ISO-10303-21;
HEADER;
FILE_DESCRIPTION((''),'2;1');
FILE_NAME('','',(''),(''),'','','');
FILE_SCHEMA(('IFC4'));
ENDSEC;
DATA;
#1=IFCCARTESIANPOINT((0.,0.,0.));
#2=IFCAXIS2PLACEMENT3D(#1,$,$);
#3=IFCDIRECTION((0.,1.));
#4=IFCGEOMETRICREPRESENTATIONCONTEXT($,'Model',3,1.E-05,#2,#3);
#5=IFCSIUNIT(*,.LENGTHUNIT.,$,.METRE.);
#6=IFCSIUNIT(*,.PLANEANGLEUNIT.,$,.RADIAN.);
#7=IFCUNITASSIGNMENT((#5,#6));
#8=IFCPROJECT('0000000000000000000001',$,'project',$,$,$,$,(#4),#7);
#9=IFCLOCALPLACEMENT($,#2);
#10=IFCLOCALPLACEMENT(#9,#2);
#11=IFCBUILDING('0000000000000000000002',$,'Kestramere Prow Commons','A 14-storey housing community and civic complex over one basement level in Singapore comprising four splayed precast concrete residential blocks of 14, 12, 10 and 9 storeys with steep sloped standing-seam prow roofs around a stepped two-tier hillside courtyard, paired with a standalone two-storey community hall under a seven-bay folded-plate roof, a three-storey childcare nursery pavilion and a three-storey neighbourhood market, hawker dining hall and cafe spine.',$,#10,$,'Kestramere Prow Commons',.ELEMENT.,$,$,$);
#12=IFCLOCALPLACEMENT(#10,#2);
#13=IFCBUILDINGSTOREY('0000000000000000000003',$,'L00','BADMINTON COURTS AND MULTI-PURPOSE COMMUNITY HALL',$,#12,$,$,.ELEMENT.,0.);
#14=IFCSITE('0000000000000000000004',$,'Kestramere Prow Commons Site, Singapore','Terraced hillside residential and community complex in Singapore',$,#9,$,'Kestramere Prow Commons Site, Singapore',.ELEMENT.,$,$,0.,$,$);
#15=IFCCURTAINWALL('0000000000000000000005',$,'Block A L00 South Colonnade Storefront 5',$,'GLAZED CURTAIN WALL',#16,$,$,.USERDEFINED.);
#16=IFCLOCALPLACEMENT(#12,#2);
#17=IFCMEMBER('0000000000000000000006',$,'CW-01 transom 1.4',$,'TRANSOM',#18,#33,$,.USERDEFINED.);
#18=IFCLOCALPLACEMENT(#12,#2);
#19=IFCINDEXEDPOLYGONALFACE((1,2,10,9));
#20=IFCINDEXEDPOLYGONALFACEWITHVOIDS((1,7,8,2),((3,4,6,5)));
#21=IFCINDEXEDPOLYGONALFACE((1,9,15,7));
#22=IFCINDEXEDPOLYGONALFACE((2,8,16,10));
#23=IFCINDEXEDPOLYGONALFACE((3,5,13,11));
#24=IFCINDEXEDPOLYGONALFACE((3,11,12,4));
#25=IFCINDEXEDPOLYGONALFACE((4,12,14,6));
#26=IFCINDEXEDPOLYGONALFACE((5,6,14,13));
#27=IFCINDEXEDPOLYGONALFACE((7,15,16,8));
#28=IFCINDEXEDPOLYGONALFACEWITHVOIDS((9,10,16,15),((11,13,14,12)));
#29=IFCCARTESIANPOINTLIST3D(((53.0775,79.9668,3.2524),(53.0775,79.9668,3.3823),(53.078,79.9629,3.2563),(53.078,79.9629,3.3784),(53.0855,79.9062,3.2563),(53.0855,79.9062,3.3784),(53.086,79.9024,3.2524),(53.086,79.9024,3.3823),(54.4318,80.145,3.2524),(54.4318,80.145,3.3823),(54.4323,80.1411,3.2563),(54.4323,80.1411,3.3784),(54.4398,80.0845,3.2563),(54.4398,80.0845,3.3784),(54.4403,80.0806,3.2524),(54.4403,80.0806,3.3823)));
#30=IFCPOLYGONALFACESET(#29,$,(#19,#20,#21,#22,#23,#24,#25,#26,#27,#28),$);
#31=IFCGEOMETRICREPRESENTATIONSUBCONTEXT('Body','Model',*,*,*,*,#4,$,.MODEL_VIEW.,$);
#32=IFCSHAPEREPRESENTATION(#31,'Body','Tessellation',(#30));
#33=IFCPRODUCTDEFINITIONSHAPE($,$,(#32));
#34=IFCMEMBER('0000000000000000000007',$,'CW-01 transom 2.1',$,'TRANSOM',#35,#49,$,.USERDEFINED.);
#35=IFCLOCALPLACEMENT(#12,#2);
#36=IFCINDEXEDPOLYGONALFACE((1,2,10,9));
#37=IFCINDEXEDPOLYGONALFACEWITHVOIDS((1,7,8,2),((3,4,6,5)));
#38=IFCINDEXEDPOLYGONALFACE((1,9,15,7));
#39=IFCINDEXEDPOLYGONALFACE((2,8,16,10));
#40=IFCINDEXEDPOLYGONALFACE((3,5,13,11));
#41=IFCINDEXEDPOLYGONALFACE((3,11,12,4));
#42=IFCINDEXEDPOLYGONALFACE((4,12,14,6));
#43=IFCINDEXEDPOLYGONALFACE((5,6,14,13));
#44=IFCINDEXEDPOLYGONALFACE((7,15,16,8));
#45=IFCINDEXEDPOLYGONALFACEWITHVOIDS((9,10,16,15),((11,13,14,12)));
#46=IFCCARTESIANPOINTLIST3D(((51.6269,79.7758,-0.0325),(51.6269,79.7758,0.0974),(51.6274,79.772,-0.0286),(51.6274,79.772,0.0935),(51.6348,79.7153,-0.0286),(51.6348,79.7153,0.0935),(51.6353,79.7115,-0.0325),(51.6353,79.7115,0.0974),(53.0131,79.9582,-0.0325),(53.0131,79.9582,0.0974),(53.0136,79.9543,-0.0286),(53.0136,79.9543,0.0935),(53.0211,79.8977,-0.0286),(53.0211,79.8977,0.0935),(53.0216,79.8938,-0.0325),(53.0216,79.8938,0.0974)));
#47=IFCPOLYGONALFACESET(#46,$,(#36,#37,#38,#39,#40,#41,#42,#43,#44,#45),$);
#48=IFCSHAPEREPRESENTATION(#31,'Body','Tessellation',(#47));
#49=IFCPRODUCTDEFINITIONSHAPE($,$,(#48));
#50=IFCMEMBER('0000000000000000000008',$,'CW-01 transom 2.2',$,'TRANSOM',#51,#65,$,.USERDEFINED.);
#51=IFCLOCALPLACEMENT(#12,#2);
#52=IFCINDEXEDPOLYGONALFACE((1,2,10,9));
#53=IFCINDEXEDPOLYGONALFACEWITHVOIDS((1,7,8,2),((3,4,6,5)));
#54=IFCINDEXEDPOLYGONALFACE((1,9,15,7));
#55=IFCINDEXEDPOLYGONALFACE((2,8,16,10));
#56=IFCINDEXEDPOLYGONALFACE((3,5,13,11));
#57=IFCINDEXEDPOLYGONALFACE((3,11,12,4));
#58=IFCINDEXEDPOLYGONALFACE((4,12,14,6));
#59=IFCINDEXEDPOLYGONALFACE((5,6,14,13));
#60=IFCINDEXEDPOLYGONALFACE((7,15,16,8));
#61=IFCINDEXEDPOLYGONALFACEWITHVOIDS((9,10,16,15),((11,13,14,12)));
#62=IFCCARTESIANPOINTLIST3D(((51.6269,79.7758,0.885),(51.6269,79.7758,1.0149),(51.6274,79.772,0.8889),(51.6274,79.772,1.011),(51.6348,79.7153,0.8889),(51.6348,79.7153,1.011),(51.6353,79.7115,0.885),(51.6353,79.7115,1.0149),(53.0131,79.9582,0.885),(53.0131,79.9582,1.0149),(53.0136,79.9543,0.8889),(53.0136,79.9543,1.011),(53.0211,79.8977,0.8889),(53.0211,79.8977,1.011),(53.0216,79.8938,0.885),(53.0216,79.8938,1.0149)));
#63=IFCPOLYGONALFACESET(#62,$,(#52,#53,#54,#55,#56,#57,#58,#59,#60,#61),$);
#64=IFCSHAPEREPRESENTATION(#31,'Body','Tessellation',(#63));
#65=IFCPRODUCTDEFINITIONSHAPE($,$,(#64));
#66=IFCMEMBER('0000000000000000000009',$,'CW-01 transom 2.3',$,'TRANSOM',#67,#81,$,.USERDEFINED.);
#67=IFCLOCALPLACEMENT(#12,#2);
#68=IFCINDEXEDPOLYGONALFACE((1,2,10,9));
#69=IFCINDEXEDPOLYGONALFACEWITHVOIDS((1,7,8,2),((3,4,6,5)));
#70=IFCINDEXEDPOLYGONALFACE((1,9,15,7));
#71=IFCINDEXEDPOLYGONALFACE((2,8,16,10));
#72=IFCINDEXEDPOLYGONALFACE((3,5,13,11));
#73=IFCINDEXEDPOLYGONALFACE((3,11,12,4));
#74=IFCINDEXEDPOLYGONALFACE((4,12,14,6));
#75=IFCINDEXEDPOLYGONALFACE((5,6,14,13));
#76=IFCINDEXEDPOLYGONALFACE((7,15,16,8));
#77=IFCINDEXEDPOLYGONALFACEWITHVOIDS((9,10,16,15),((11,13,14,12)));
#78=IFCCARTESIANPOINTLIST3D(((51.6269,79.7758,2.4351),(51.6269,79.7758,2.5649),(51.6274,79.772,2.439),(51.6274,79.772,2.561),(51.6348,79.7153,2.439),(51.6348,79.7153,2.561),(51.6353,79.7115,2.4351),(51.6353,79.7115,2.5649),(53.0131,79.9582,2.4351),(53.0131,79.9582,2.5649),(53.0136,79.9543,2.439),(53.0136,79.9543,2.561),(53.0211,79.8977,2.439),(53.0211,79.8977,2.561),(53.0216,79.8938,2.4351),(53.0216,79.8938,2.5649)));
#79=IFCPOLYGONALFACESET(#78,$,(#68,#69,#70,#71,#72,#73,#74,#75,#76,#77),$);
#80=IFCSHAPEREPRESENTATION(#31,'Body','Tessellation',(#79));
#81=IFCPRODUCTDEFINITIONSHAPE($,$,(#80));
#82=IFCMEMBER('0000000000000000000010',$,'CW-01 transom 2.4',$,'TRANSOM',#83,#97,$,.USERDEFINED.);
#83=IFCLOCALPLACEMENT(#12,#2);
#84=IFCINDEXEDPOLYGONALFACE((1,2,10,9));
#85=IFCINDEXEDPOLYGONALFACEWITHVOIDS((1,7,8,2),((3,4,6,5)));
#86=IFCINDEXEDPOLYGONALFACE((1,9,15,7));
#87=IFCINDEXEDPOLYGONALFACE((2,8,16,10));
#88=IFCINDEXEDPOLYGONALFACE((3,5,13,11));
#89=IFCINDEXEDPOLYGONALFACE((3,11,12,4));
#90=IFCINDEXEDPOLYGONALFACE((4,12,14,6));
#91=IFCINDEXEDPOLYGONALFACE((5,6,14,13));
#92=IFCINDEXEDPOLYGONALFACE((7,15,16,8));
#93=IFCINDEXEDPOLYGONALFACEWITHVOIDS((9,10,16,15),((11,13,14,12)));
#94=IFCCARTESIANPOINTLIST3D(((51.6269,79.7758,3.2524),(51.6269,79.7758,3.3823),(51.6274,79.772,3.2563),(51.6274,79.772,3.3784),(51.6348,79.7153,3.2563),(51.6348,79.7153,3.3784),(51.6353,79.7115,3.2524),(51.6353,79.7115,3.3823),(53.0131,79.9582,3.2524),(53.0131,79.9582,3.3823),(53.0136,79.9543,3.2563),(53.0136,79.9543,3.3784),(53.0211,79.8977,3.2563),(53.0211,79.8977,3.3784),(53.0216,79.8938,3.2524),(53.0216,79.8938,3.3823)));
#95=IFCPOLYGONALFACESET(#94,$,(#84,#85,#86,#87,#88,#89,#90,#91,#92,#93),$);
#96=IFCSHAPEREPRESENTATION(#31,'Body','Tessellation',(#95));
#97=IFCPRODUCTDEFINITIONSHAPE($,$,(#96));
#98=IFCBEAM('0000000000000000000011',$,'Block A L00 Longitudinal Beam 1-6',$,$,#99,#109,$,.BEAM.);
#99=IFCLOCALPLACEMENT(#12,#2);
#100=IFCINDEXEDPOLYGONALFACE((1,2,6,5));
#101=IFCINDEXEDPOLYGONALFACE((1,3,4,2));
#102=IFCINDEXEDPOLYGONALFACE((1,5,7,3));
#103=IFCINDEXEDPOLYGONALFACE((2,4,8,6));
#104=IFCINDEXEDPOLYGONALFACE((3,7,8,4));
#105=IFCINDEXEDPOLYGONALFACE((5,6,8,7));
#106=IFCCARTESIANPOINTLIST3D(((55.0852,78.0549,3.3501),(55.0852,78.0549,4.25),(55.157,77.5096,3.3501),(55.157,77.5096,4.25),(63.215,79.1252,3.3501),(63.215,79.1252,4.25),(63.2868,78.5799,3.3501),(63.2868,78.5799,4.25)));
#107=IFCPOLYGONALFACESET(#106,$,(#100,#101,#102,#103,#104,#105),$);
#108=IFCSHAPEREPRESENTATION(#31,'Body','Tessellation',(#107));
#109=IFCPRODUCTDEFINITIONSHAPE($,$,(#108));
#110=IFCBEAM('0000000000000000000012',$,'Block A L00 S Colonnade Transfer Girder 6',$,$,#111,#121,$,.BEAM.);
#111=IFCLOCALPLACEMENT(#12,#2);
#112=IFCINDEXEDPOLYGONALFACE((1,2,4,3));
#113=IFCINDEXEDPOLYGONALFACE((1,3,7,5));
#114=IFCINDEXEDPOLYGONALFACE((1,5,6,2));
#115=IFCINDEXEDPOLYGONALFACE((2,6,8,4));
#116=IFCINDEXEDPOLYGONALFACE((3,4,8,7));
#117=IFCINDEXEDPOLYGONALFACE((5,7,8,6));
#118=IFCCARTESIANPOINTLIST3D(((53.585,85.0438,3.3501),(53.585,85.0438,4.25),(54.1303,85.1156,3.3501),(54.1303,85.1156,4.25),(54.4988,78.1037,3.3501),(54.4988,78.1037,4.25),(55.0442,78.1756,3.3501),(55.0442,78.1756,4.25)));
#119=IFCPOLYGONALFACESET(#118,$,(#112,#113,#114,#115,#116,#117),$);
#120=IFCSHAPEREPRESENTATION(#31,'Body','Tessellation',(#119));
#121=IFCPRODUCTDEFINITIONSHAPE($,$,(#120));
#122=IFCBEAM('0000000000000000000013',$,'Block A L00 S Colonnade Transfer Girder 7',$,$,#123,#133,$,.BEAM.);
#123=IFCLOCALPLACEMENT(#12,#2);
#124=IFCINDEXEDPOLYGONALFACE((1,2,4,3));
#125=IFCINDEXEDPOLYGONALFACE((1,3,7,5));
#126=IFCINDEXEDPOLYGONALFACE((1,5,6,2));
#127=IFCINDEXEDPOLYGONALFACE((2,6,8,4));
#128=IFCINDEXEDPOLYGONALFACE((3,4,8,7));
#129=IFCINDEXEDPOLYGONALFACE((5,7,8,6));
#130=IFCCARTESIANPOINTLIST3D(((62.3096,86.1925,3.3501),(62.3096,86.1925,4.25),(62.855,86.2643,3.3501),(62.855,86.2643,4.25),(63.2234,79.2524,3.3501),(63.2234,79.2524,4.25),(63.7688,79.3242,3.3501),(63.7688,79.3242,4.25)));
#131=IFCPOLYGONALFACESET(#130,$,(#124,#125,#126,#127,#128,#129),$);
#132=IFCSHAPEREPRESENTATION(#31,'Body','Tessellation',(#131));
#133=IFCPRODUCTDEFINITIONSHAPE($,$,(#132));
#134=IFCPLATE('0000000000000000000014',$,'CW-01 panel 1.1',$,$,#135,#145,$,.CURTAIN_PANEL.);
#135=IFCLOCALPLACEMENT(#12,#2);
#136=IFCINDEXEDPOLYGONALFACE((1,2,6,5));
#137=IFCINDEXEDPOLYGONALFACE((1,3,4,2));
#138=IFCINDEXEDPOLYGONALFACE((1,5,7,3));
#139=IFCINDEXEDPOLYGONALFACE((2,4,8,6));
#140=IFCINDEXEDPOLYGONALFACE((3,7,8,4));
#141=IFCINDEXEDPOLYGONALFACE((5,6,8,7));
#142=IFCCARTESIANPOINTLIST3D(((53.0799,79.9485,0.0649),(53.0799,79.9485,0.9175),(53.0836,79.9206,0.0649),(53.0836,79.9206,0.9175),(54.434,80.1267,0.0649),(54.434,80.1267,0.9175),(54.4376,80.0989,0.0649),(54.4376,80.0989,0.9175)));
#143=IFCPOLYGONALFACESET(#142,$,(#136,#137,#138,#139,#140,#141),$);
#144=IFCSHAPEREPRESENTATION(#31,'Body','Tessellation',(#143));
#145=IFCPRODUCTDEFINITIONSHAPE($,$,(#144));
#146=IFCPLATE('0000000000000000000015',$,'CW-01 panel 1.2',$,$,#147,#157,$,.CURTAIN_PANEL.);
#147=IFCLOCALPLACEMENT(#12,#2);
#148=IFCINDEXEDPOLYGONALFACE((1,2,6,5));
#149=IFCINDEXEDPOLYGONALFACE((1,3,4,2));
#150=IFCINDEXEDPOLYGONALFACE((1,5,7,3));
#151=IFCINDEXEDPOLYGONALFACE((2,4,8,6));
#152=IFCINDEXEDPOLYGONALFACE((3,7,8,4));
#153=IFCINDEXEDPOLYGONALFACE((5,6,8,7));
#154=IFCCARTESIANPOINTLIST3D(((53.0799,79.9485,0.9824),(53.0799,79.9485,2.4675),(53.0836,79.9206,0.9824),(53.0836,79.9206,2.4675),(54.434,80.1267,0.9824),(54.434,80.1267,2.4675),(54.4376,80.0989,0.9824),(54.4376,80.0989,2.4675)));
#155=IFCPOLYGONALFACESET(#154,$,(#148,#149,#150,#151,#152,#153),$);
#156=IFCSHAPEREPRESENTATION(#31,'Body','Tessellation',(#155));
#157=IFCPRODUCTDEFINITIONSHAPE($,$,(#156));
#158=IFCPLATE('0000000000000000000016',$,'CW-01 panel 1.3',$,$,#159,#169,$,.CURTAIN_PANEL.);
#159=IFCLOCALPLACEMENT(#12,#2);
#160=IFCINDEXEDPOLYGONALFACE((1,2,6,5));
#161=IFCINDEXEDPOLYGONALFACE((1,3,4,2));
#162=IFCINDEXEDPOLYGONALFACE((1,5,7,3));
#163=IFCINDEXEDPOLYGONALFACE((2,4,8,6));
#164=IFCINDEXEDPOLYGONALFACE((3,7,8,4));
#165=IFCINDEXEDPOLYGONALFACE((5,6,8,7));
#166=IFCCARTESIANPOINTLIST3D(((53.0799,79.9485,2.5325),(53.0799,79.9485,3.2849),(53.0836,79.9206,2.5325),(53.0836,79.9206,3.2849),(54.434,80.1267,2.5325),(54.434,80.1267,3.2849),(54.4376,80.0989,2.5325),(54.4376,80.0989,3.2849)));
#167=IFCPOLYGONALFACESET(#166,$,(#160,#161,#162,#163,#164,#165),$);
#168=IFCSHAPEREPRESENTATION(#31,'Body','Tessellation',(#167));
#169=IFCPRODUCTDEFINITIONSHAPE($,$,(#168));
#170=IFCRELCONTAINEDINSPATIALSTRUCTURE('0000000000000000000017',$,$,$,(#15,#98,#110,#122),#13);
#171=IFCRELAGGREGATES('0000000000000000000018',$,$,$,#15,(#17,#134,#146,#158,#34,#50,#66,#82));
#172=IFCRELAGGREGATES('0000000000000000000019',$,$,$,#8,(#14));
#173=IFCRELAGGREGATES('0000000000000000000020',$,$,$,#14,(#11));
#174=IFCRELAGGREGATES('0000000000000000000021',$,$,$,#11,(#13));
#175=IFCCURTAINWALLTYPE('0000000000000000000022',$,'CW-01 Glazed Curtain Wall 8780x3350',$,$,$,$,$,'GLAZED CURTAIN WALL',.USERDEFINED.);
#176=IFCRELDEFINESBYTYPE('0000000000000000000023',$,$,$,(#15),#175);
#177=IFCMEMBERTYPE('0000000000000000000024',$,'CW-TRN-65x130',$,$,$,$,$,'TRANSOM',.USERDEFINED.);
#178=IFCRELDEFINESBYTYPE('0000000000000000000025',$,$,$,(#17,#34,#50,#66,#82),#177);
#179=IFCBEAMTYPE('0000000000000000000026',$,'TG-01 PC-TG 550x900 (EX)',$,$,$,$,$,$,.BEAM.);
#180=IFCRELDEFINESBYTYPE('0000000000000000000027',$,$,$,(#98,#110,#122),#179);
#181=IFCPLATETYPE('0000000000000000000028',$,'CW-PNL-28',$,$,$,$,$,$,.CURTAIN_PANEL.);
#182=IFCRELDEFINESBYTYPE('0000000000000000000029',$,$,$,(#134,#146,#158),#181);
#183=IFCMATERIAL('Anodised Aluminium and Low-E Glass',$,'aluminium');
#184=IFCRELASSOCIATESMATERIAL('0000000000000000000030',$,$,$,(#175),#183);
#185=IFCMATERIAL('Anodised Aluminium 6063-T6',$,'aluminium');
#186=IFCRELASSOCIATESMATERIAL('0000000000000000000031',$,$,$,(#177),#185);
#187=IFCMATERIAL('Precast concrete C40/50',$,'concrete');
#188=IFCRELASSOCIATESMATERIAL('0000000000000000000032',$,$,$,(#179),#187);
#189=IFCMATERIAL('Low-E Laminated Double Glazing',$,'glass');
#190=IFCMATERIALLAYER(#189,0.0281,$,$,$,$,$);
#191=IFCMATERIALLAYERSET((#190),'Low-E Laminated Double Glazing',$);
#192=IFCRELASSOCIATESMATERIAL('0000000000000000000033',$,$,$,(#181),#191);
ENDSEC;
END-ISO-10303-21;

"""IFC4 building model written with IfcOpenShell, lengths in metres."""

from ifc_helpers import new_model, si_unit, direction, frame, origin, origin_2d, place, context, subcontext, project, spatial, rectangle, hollow_rectangle, extrude, material, layer, layer_set, material_profile, profile_set, type_object, element, aggregate, save


model = new_model("IFC4")

# Units and contexts
model_context = context("Model", 3, precision=1e-05, world=origin(), true_north=direction((0.0, 1.0)))
body_context = subcontext(model_context, "Body", "Model", "MODEL_VIEW")
ifc_project = project(units=[si_unit("LENGTHUNIT", "METRE"), si_unit("PLANEANGLEUNIT", "RADIAN")], contexts=[model_context])

# Site, building, storey
site_placement = place(None, origin())
site = spatial("IfcSite", under=ifc_project, at=site_placement, Name="Kestramere Prow Commons Site, Singapore", Description="Terraced hillside residential and community complex in Singapore", LongName="Kestramere Prow Commons Site, Singapore", CompositionType="ELEMENT", RefElevation=0.0)
building_placement = place(site_placement, origin())
building = spatial("IfcBuilding", under=site, at=building_placement, Name="Kestramere Prow Commons", Description="A 14-storey housing community and civic complex over one basement level in Singapore comprising four splayed precast concrete residential blocks of 14, 12, 10 and 9 storeys with steep sloped standing-seam prow roofs around a stepped two-tier hillside courtyard, paired with a standalone two-storey community hall under a seven-bay folded-plate roof, a three-storey childcare nursery pavilion and a three-storey neighbourhood market, hawker dining hall and cafe spine.", LongName="Kestramere Prow Commons", CompositionType="ELEMENT")
storey_placement = place(building_placement, origin())
storey = spatial("IfcBuildingStorey", under=building, at=storey_placement, Name="L00", Description="BADMINTON COURTS AND MULTI-PURPOSE COMMUNITY HALL", CompositionType="ELEMENT", Elevation=0.0)

# Shared definitions
ifc_material_1 = material(Name="Precast concrete C40/50", Category="concrete")

# Curtain wall, members
ifc_material_2 = material(Name="Anodised Aluminium and Low-E Glass", Category="aluminium")
curtain_wall_type = type_object("IfcCurtainWallType", Name="CW-01 Glazed Curtain Wall 8780x3350", ElementType="GLAZED CURTAIN WALL", PredefinedType="USERDEFINED", material=ifc_material_2)
curtain_wall_placement = place(storey_placement, origin())
curtain_wall = element("IfcCurtainWall", 1, at=curtain_wall_placement, inside=storey, type_object=curtain_wall_type, Name="Block A L00 South Colonnade Storefront 5", ObjectType="GLAZED CURTAIN WALL", PredefinedType="USERDEFINED")
ifc_material_3 = material(Name="Anodised Aluminium 6063-T6", Category="aluminium")
ifc_material_profile_1 = material_profile(ifc_material_3, hollow_rectangle(XDim=0.0649, YDim=0.1299, WallThickness=0.0039, at=origin_2d()), Name="ALU-TRN 65x130")
ifc_profile_set_1 = profile_set([ifc_material_profile_1], Name="Anodised Aluminium 6063-T6")
member_type_1 = type_object("IfcMemberType", Name="CW-TRN-65x130", ElementType="TRANSOM", PredefinedType="USERDEFINED", material=ifc_profile_set_1)
member_1_placement = place(storey_placement, frame((54.436, 80.1128, 3.3174), z_axis=(-0.991451, -0.130478, 0.0), x_axis=(0.130478, -0.991451, 0.0)))
member_1 = element("IfcMember", 2, at=member_1_placement, type_object=member_type_1, Name="CW-01 transom 1.4", ObjectType="TRANSOM", PredefinedType="USERDEFINED", context=body_context, shape_type="SweptSolid", body=[
    extrude(hollow_rectangle(XDim=0.0649, YDim=0.1299, WallThickness=0.0039, at=origin_2d()), origin(), (0.0, 0.0, 1.0), 1.366),
])
member_2_placement = place(storey_placement, frame((53.0173, 79.926, 0.0325), z_axis=(-0.991457, -0.130436, 0.0), x_axis=(0.130436, -0.991457, 0.0)))
member_2 = element("IfcMember", 3, at=member_2_placement, type_object=member_type_1, Name="CW-01 transom 2.1", ObjectType="TRANSOM", PredefinedType="USERDEFINED", context=body_context, shape_type="SweptSolid", body=[
    extrude(hollow_rectangle(XDim=0.0649, YDim=0.1299, WallThickness=0.0039, at=origin_2d()), origin(), (0.0, 0.0, 1.0), 1.3982),
])
member_3_placement = place(storey_placement, frame((53.0173, 79.926, 0.95), z_axis=(-0.991457, -0.130436, 0.0), x_axis=(0.130436, -0.991457, 0.0)))
member_3 = element("IfcMember", 4, at=member_3_placement, type_object=member_type_1, Name="CW-01 transom 2.2", ObjectType="TRANSOM", PredefinedType="USERDEFINED", context=body_context, shape_type="SweptSolid", body=[
    extrude(hollow_rectangle(XDim=0.0649, YDim=0.1299, WallThickness=0.0039, at=origin_2d()), origin(), (0.0, 0.0, 1.0), 1.3982),
])
member_4_placement = place(storey_placement, frame((53.0173, 79.926, 2.5), z_axis=(-0.991457, -0.130436, 0.0), x_axis=(0.130436, -0.991457, 0.0)))
member_4 = element("IfcMember", 5, at=member_4_placement, type_object=member_type_1, Name="CW-01 transom 2.3", ObjectType="TRANSOM", PredefinedType="USERDEFINED", context=body_context, shape_type="SweptSolid", body=[
    extrude(hollow_rectangle(XDim=0.0649, YDim=0.1299, WallThickness=0.0039, at=origin_2d()), origin(), (0.0, 0.0, 1.0), 1.3982),
])
member_5_placement = place(storey_placement, frame((53.0173, 79.926, 3.3174), z_axis=(-0.991457, -0.130436, 0.0), x_axis=(0.130436, -0.991457, 0.0)))
member_5 = element("IfcMember", 6, at=member_5_placement, type_object=member_type_1, Name="CW-01 transom 2.4", ObjectType="TRANSOM", PredefinedType="USERDEFINED", context=body_context, shape_type="SweptSolid", body=[
    extrude(hollow_rectangle(XDim=0.0649, YDim=0.1299, WallThickness=0.0039, at=origin_2d()), origin(), (0.0, 0.0, 1.0), 1.3982),
])

# Beams
ifc_material_profile_2 = material_profile(ifc_material_1, rectangle(XDim=0.55, YDim=0.8999, at=origin_2d()), Name="PC-TG 550x900")
ifc_profile_set_2 = profile_set([ifc_material_profile_2], Name="Precast concrete C40/50")
beam_type = type_object("IfcBeamType", Name="TG-01 PC-TG 550x900 (EX)", PredefinedType="BEAM", material=ifc_profile_set_2)
beam_placement = place(storey_placement, frame((55.1211, 77.7822, 3.8), z_axis=(0.991445, 0.130525, 0.0), x_axis=(-0.130525, 0.991445, 0.0)))
element("IfcBeam", 7, at=beam_placement, inside=storey, type_object=beam_type, Name="Block A L00 Longitudinal Beam 1-6", PredefinedType="BEAM", context=body_context, shape_type="SweptSolid", body=[
    extrude(rectangle(XDim=0.55, YDim=0.8999, at=origin_2d()), origin(), (0.0, 0.0, 1.0), 8.2),
])
for number, where, z_axis, x_axis, name in (
    (8, (54.7715, 78.1396, 3.8), (-0.130544, 0.991443, 0.0), (-0.991443, -0.130544, 0.0), "Block A L00 S Colonnade Transfer Girder 6"),
    (9, (63.4961, 79.2883, 3.8), (-0.130544, 0.991443, 0.0), (-0.991443, -0.130544, 0.0), "Block A L00 S Colonnade Transfer Girder 7"),
):
    element("IfcBeam", number, at=place(storey_placement, frame(where, z_axis=z_axis, x_axis=x_axis)), inside=storey, type_object=beam_type, Name=name, PredefinedType="BEAM", context=body_context, shape_type="SweptSolid", body=[
        extrude(rectangle(XDim=0.55, YDim=0.8999, at=origin_2d()), origin(), (0.0, 0.0, 1.0), 7.0),
    ])

# Plates
ifc_material_4 = material(Name="Low-E Laminated Double Glazing", Category="glass")
ifc_layer_1 = layer(ifc_material_4, 0.0281)
ifc_layer_set_1 = layer_set([ifc_layer_1], Name="Low-E Laminated Double Glazing")
plate_type = type_object("IfcPlateType", Name="CW-PNL-28", PredefinedType="CURTAIN_PANEL", material=ifc_layer_set_1)
plate_1_placement = place(storey_placement, frame((53.7588, 80.0237, 0.0649), z_axis=(0.0, 0.0, 1.0), x_axis=(-0.991445, -0.130526, 0.0)))
plate_1 = element("IfcPlate", 10, at=plate_1_placement, type_object=plate_type, Name="CW-01 panel 1.1", PredefinedType="CURTAIN_PANEL", context=body_context, shape_type="SweptSolid", body=[
    extrude(rectangle(XDim=1.3657, YDim=0.0281, at=origin_2d()), origin(), (0.0, 0.0, 1.0), 0.8525),
])
plate_2_placement = place(storey_placement, frame((53.7588, 80.0237, 0.9824), z_axis=(0.0, 0.0, 1.0), x_axis=(-0.991445, -0.130526, 0.0)))
plate_2 = element("IfcPlate", 11, at=plate_2_placement, type_object=plate_type, Name="CW-01 panel 1.2", PredefinedType="CURTAIN_PANEL", context=body_context, shape_type="SweptSolid", body=[
    extrude(rectangle(XDim=1.3657, YDim=0.0281, at=origin_2d()), origin(), (0.0, 0.0, 1.0), 1.4851),
])
plate_3_placement = place(storey_placement, frame((53.7588, 80.0237, 2.5325), z_axis=(0.0, 0.0, 1.0), x_axis=(-0.991445, -0.130526, 0.0)))
plate_3 = element("IfcPlate", 12, at=plate_3_placement, type_object=plate_type, Name="CW-01 panel 1.3", PredefinedType="CURTAIN_PANEL", context=body_context, shape_type="SweptSolid", body=[
    extrude(rectangle(XDim=1.3657, YDim=0.0281, at=origin_2d()), origin(), (0.0, 0.0, 1.0), 0.7524),
])
aggregate(curtain_wall, [member_1, plate_1, plate_2, plate_3, member_2, member_3, member_4, member_5])

save(model, "model.ifc")
